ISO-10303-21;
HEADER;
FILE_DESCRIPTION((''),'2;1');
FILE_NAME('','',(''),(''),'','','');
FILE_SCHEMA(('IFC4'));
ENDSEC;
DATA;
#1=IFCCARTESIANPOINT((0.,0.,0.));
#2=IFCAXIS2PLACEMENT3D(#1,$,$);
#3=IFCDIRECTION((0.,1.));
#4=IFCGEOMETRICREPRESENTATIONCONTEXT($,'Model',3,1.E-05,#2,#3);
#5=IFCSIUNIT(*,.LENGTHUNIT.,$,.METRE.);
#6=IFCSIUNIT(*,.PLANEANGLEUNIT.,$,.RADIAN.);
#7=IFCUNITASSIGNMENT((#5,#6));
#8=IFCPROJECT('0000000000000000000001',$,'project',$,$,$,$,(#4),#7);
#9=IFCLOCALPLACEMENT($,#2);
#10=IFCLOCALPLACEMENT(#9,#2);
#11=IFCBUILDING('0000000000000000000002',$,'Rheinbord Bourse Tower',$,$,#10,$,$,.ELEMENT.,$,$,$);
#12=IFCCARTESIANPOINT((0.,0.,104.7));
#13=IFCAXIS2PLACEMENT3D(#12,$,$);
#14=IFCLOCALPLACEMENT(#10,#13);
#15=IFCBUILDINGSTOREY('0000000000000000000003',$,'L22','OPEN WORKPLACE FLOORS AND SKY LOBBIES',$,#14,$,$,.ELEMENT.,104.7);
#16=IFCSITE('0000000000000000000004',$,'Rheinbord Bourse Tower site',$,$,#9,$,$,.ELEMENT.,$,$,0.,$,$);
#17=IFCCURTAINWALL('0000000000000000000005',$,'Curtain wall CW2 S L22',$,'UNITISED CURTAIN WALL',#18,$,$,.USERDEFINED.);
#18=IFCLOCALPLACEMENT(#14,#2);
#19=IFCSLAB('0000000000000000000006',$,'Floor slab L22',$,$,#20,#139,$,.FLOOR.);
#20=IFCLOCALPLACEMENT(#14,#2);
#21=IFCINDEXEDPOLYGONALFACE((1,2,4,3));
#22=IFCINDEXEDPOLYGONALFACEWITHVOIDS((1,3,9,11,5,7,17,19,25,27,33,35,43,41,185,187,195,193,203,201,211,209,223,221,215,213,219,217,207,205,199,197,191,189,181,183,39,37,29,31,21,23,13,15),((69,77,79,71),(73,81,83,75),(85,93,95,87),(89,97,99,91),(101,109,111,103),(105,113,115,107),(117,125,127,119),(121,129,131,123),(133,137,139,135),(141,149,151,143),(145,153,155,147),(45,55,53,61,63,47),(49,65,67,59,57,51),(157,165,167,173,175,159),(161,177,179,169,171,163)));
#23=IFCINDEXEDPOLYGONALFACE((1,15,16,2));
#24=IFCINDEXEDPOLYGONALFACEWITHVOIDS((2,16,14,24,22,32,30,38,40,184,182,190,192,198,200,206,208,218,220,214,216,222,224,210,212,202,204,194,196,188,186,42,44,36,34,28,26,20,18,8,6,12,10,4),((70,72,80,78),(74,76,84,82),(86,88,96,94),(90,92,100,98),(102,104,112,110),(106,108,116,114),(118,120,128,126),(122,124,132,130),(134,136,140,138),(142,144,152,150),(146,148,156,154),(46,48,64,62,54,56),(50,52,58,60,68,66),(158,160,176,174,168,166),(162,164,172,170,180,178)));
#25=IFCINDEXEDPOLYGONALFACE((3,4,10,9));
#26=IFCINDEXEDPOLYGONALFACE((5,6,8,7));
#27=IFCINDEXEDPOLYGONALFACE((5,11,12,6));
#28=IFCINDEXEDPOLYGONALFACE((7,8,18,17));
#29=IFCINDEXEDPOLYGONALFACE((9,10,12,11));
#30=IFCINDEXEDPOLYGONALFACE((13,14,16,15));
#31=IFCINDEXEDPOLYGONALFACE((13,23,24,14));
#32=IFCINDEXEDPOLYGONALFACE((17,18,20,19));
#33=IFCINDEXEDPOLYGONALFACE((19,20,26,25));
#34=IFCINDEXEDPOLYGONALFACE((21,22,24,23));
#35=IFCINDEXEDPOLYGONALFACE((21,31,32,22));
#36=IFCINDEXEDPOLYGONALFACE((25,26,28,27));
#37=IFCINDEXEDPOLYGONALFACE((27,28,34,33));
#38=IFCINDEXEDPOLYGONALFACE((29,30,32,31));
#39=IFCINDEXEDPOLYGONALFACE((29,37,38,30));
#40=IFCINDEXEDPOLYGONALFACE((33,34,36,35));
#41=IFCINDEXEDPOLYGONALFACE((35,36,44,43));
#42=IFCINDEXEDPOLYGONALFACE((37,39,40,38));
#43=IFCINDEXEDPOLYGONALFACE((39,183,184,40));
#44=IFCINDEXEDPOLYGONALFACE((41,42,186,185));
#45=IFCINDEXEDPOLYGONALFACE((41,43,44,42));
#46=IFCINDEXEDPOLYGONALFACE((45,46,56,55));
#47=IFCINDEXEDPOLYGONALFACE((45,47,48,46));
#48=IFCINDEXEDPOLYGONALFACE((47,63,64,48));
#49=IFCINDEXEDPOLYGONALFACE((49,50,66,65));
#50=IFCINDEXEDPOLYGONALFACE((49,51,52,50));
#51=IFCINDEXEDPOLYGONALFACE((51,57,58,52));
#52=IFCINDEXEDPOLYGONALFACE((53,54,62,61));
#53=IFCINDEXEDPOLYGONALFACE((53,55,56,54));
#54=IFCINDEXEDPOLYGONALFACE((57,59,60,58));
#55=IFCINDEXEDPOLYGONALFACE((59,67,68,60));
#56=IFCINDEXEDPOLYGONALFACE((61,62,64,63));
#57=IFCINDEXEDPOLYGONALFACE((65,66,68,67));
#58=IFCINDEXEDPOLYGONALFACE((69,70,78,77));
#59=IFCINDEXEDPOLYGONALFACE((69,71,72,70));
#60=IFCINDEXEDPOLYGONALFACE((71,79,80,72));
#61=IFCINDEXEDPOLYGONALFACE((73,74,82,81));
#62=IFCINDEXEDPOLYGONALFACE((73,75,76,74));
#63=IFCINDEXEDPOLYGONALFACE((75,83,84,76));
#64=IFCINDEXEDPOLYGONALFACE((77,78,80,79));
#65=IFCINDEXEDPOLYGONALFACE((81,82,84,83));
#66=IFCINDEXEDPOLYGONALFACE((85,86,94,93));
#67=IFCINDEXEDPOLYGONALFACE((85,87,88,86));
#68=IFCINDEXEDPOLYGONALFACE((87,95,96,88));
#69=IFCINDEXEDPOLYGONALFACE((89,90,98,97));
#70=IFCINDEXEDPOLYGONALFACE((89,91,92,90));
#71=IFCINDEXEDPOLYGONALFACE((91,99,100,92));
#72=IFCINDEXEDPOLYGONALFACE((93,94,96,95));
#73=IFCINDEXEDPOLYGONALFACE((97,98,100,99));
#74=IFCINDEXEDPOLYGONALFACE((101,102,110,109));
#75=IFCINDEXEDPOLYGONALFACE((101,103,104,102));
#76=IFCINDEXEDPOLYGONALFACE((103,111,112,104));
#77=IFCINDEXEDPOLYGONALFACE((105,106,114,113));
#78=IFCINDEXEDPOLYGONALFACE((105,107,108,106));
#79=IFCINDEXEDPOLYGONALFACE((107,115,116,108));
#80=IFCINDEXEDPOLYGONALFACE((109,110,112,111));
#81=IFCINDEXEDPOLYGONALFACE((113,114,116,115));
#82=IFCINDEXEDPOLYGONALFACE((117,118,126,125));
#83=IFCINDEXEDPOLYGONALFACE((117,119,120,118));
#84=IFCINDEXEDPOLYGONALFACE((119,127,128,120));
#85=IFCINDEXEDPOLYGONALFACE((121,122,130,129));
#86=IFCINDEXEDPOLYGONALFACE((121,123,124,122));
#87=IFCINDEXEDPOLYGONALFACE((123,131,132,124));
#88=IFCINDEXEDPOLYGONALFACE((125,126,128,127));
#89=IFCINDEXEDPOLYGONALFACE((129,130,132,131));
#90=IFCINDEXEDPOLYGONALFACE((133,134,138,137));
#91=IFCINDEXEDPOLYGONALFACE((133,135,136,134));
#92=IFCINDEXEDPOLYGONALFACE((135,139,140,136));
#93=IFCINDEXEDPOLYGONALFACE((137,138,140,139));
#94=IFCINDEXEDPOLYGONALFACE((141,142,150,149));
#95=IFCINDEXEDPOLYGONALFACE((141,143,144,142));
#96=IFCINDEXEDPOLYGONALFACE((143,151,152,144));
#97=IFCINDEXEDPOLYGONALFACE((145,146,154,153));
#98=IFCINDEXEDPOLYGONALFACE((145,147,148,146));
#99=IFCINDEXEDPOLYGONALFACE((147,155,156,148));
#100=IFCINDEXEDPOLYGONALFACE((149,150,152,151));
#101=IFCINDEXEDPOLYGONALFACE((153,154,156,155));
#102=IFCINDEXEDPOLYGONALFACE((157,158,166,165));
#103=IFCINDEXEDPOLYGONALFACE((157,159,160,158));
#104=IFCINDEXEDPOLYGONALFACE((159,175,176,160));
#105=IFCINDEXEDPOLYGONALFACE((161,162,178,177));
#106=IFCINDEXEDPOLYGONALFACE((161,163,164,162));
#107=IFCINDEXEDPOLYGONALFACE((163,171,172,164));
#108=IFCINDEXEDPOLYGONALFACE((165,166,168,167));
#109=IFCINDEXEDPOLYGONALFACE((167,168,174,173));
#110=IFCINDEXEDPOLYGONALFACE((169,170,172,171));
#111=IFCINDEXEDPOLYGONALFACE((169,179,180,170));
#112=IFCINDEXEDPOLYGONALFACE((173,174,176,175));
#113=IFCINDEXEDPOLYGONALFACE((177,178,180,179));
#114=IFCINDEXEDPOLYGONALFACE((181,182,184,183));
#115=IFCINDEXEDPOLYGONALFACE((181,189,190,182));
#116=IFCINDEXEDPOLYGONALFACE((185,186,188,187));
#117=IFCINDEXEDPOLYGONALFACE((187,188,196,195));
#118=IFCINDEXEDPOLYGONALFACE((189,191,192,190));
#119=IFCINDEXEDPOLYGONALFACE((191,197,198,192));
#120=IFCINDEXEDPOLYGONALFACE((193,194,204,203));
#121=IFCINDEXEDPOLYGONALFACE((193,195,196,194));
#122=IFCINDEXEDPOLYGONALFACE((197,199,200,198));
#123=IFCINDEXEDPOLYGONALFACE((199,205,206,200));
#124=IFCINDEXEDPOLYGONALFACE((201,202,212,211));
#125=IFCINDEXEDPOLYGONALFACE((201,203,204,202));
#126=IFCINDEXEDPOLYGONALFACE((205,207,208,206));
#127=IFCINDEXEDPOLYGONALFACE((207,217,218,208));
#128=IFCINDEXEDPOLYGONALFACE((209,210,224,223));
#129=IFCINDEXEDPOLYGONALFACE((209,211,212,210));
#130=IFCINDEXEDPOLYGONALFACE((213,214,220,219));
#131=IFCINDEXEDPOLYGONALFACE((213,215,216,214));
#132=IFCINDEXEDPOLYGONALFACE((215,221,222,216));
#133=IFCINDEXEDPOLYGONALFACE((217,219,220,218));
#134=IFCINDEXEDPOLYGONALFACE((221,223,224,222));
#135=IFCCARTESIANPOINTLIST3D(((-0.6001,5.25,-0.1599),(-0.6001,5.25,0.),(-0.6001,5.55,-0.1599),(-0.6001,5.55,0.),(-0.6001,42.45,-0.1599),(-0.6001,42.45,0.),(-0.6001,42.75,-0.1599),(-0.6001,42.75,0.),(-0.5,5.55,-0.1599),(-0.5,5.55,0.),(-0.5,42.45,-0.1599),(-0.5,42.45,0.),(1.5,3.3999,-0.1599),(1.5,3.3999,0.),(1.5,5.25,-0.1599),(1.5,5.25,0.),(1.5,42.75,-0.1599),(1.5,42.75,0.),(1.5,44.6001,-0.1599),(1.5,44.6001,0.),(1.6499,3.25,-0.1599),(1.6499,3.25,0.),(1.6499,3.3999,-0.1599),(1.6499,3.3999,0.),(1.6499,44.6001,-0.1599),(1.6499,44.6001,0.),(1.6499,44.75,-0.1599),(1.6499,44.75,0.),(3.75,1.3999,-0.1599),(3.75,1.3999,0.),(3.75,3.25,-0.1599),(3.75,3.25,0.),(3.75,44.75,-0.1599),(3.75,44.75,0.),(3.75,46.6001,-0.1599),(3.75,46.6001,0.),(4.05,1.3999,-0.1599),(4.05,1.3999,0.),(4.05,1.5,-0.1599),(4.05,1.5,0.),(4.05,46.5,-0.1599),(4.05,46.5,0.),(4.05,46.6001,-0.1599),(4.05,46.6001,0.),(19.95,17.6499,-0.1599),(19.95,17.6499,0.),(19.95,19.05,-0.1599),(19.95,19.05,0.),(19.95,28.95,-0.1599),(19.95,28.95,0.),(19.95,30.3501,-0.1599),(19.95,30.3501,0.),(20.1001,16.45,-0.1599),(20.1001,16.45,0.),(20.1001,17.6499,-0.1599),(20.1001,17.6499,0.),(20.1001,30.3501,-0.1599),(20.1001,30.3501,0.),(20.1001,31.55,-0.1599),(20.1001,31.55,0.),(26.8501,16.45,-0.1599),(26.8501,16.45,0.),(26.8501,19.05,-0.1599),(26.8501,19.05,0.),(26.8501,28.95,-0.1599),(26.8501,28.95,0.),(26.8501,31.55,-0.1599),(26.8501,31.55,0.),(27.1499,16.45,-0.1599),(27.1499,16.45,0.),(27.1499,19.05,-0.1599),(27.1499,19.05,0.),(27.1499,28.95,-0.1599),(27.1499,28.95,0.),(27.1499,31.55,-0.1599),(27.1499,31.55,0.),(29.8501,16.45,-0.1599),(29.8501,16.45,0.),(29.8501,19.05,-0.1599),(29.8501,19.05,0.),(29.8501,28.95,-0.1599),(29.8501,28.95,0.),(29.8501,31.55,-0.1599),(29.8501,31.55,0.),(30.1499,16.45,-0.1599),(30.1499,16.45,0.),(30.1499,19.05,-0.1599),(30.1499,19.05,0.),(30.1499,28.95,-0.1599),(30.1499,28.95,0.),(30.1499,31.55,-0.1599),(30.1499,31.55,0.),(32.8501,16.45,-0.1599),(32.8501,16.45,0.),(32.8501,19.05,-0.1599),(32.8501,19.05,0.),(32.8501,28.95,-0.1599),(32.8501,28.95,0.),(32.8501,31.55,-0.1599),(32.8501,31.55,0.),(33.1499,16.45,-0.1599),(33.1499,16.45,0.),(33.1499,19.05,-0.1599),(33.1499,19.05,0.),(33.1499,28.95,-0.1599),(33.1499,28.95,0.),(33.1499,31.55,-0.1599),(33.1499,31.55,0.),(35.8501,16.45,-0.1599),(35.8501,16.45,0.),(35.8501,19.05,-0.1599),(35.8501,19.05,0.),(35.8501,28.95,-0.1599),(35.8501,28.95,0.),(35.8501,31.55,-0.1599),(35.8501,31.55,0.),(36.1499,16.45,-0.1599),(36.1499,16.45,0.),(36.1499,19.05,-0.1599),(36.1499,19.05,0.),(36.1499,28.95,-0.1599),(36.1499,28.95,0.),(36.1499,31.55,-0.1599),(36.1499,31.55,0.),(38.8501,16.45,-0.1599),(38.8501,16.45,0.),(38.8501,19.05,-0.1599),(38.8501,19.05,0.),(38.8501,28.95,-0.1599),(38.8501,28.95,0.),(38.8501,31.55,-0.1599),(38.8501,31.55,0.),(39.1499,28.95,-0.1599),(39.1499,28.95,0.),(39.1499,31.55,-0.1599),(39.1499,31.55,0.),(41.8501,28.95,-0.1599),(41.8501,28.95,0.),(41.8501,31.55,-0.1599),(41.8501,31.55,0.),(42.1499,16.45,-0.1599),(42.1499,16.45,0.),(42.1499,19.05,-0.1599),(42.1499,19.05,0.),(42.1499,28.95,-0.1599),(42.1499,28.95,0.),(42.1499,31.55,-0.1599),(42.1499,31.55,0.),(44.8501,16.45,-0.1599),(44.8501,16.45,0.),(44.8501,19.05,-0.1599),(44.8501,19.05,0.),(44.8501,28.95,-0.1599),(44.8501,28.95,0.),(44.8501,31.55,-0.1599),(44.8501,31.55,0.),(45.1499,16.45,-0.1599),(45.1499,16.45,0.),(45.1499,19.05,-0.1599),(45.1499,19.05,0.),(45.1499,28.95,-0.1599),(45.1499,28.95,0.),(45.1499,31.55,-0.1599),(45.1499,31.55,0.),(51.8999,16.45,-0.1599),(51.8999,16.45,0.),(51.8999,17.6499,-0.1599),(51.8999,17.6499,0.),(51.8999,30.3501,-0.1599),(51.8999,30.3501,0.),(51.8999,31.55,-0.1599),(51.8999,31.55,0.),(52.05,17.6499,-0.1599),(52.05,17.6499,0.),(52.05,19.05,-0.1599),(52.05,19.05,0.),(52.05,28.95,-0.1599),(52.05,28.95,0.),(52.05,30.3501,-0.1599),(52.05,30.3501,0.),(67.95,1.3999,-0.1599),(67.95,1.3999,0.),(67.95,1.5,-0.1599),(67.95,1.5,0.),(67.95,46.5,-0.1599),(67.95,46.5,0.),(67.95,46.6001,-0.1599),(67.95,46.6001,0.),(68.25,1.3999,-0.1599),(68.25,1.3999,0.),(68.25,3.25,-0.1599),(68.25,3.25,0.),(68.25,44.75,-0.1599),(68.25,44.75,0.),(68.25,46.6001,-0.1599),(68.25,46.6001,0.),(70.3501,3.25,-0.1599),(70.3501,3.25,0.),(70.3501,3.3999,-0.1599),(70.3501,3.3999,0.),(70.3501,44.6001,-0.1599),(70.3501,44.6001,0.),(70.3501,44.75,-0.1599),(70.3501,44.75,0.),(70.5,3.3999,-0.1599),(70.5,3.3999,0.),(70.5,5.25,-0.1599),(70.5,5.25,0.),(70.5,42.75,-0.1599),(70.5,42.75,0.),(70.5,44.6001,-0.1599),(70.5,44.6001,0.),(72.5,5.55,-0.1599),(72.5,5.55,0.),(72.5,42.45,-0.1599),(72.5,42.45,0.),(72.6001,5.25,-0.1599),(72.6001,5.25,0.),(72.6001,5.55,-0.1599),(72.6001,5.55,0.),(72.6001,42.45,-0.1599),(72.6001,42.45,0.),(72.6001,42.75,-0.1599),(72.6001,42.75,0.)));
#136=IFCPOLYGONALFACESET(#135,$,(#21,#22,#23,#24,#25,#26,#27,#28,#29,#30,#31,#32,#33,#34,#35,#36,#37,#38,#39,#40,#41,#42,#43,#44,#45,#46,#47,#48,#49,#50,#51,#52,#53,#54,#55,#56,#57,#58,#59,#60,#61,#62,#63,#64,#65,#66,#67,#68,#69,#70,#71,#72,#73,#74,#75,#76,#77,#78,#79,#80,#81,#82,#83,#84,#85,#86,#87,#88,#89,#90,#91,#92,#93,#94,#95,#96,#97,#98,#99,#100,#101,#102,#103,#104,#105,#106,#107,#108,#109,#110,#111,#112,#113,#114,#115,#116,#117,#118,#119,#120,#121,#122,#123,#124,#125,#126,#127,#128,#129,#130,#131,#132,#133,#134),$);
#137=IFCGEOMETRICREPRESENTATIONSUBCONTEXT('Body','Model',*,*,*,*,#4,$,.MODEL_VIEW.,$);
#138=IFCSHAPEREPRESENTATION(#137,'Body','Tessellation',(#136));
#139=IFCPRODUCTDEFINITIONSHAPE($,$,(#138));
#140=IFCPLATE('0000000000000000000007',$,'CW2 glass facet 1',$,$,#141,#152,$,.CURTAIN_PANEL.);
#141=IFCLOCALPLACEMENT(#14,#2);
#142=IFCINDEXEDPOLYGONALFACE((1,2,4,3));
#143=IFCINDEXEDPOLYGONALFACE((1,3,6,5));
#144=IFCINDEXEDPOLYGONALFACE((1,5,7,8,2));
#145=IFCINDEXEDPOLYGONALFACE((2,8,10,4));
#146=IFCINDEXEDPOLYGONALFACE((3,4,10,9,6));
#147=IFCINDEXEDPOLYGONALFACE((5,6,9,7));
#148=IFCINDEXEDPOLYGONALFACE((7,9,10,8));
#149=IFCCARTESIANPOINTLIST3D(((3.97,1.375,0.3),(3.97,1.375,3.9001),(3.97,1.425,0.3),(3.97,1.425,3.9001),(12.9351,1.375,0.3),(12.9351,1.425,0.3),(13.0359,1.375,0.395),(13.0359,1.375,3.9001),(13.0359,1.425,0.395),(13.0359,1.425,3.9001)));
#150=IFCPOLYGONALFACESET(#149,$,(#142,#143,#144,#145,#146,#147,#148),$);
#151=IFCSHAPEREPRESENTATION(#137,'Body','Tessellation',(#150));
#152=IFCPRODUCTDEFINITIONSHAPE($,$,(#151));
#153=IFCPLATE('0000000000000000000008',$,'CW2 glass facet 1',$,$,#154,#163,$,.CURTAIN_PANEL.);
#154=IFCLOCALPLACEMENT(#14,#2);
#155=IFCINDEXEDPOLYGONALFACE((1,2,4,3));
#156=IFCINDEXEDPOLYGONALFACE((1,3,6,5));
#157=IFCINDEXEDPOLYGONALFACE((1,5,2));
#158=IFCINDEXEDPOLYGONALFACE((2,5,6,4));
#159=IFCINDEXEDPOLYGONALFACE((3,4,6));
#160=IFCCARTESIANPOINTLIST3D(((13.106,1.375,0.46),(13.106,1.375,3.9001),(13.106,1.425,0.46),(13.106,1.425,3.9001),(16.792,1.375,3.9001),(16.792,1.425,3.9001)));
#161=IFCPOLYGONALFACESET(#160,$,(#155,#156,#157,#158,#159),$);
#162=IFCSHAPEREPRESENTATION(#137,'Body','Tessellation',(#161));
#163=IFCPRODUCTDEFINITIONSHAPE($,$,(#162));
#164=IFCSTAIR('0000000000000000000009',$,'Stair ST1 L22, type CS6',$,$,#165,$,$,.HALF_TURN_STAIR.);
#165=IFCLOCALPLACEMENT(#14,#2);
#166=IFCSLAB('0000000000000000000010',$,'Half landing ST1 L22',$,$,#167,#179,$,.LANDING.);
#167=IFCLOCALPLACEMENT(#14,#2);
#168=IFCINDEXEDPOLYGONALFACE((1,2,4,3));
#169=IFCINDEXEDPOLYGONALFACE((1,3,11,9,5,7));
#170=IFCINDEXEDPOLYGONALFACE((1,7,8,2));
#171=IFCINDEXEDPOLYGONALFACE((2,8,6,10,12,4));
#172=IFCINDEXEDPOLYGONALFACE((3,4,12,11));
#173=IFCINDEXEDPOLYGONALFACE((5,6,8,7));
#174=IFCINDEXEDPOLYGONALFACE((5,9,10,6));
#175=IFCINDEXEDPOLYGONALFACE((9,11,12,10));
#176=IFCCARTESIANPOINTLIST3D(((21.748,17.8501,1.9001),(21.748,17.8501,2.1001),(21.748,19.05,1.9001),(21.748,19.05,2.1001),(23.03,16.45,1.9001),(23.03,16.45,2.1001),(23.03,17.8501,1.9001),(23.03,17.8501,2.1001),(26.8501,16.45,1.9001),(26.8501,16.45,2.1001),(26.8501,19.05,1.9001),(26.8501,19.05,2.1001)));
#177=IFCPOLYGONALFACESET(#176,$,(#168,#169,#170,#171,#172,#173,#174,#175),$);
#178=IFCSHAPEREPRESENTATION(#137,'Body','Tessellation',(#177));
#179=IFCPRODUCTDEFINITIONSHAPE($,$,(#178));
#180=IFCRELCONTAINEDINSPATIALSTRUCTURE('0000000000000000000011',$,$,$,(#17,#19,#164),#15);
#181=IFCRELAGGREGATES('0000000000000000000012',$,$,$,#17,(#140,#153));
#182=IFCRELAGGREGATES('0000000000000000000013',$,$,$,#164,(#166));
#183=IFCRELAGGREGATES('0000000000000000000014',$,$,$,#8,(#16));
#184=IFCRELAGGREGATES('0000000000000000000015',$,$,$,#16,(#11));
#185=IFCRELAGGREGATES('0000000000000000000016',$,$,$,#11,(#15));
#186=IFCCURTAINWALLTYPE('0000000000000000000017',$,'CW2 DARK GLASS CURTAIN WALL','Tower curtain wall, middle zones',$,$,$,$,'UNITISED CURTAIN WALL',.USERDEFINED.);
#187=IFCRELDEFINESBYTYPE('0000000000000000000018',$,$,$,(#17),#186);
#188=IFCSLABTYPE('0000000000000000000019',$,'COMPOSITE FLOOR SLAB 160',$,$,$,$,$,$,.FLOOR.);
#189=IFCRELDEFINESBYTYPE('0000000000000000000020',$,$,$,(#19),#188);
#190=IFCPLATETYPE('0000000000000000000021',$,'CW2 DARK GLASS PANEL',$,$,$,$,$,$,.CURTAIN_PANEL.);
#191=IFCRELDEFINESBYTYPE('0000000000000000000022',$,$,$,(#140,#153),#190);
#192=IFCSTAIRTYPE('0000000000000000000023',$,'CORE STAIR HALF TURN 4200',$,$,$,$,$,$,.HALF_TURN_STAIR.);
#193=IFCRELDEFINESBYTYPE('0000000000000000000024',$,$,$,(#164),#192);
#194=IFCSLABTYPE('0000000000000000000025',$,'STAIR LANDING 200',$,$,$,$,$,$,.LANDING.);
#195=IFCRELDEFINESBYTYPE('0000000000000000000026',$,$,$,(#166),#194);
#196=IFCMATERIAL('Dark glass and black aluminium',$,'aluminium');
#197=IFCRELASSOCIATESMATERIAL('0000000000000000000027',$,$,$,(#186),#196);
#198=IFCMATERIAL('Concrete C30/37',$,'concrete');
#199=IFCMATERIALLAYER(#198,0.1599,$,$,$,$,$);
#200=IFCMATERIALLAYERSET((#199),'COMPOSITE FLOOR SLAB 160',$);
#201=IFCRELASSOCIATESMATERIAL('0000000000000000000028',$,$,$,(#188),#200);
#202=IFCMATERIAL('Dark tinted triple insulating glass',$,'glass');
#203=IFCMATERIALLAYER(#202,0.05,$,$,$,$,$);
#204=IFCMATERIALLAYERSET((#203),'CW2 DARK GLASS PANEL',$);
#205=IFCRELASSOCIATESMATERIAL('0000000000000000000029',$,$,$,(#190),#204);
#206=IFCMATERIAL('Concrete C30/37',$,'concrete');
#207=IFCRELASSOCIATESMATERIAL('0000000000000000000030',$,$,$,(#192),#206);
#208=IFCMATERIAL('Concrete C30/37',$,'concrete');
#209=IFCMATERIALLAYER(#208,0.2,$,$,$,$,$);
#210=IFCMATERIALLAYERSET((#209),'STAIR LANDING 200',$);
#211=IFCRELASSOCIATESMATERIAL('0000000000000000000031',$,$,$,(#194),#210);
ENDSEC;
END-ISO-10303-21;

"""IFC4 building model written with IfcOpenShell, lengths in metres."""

from ifc_helpers import new_model, si_unit, direction, frame, origin, place, context, subcontext, project, spatial, polyline, outline, extrude, material, layer, layer_set, type_object, element, aggregate, save


model = new_model("IFC4")

# Units and contexts
model_context = context("Model", 3, precision=1e-05, world=origin(), true_north=direction((0.0, 1.0)))
body_context = subcontext(model_context, "Body", "Model", "MODEL_VIEW")
ifc_project = project(units=[si_unit("LENGTHUNIT", "METRE"), si_unit("PLANEANGLEUNIT", "RADIAN")], contexts=[model_context])

# Site, building, storey
site_placement = place(None, origin())
site = spatial("IfcSite", under=ifc_project, at=site_placement, Name="Rheinbord Bourse Tower site", CompositionType="ELEMENT", RefElevation=0.0)
building_placement = place(site_placement, origin())
building = spatial("IfcBuilding", under=site, at=building_placement, Name="Rheinbord Bourse Tower", CompositionType="ELEMENT")
storey_placement = place(building_placement, frame((0.0, 0.0, 104.7)))
storey = spatial("IfcBuildingStorey", under=building, at=storey_placement, Name="L22", Description="OPEN WORKPLACE FLOORS AND SKY LOBBIES", CompositionType="ELEMENT", Elevation=104.7)

# Curtain wall
ifc_material_1 = material(Name="Dark glass and black aluminium", Category="aluminium")
curtain_wall_type = type_object("IfcCurtainWallType", Name="CW2 DARK GLASS CURTAIN WALL", Description="Tower curtain wall, middle zones", ElementType="UNITISED CURTAIN WALL", PredefinedType="USERDEFINED", material=ifc_material_1)
curtain_wall_1_placement = place(storey_placement, origin())
curtain_wall_1 = element("IfcCurtainWall", 1, at=curtain_wall_1_placement, inside=storey, type_object=curtain_wall_type, Name="Curtain wall CW2 S L22", ObjectType="UNITISED CURTAIN WALL", PredefinedType="USERDEFINED")

# Slab
ifc_material_2 = material(Name="Concrete C30/37", Category="concrete")
ifc_layer_1 = layer(ifc_material_2, 0.1599)
ifc_layer_set_1 = layer_set([ifc_layer_1], Name="COMPOSITE FLOOR SLAB 160")
slab_type_1 = type_object("IfcSlabType", Name="COMPOSITE FLOOR SLAB 160", PredefinedType="FLOOR", material=ifc_layer_set_1)
slab_1_placement = place(storey_placement, frame((0.0, 0.0, -0.1599)))
element("IfcSlab", 2, at=slab_1_placement, inside=storey, type_object=slab_type_1, Name="Floor slab L22", PredefinedType="FLOOR", context=body_context, shape_type="SweptSolid", body=[
    extrude(outline(polyline([(1.6499, 3.3999), (1.5, 3.3999), (1.5, 5.25), (-0.6001, 5.25), (-0.6001, 5.55), (-0.5, 5.55), (-0.5, 42.45), (-0.6001, 42.45), (-0.6001, 42.75), (1.5, 42.75), (1.5, 44.6001), (1.6499, 44.6001), (1.6499, 44.75), (3.75, 44.75), (3.75, 46.6001), (4.05, 46.6001), (4.05, 46.5), (67.95, 46.5), (67.95, 46.6001), (68.25, 46.6001), (68.25, 44.75), (70.3501, 44.75), (70.3501, 44.6001), (70.5, 44.6001), (70.5, 42.75), (72.6001, 42.75), (72.6001, 42.45), (72.5, 42.45), (72.5, 5.55), (72.6001, 5.55), (72.6001, 5.25), (70.5, 5.25), (70.5, 3.3999), (70.3501, 3.3999), (70.3501, 3.25), (68.25, 3.25), (68.25, 1.3999), (67.95, 1.3999), (67.95, 1.5), (4.05, 1.5), (4.05, 1.3999), (3.75, 1.3999), (3.75, 3.25), (1.6499, 3.25), (1.6499, 3.3999)]), holes=[polyline([(19.95, 19.05), (26.8501, 19.05), (26.8501, 16.45), (20.1001, 16.45), (20.1001, 17.6499), (19.95, 17.6499), (19.95, 19.05)]), polyline([(26.8501, 31.55), (26.8501, 28.95), (19.95, 28.95), (19.95, 30.3501), (20.1001, 30.3501), (20.1001, 31.55), (26.8501, 31.55)]), polyline([(45.1499, 16.45), (45.1499, 19.05), (52.05, 19.05), (52.05, 17.6499), (51.8999, 17.6499), (51.8999, 16.45), (45.1499, 16.45)]), polyline([(52.05, 28.95), (45.1499, 28.95), (45.1499, 31.55), (51.8999, 31.55), (51.8999, 30.3501), (52.05, 30.3501), (52.05, 28.95)]), polyline([(27.1499, 16.45), (27.1499, 19.05), (29.8501, 19.05), (29.8501, 16.45), (27.1499, 16.45)]), polyline([(27.1499, 28.95), (27.1499, 31.55), (29.8501, 31.55), (29.8501, 28.95), (27.1499, 28.95)]), polyline([(30.1499, 16.45), (30.1499, 19.05), (32.8501, 19.05), (32.8501, 16.45), (30.1499, 16.45)]), polyline([(30.1499, 28.95), (30.1499, 31.55), (32.8501, 31.55), (32.8501, 28.95), (30.1499, 28.95)]), polyline([(33.1499, 16.45), (33.1499, 19.05), (35.8501, 19.05), (35.8501, 16.45), (33.1499, 16.45)]), polyline([(33.1499, 28.95), (33.1499, 31.55), (35.8501, 31.55), (35.8501, 28.95), (33.1499, 28.95)]), polyline([(36.1499, 16.45), (36.1499, 19.05), (38.8501, 19.05), (38.8501, 16.45), (36.1499, 16.45)]), polyline([(36.1499, 28.95), (36.1499, 31.55), (38.8501, 31.55), (38.8501, 28.95), (36.1499, 28.95)]), polyline([(39.1499, 28.95), (39.1499, 31.55), (41.8501, 31.55), (41.8501, 28.95), (39.1499, 28.95)]), polyline([(42.1499, 16.45), (42.1499, 19.05), (44.8501, 19.05), (44.8501, 16.45), (42.1499, 16.45)]), polyline([(42.1499, 28.95), (42.1499, 31.55), (44.8501, 31.55), (44.8501, 28.95), (42.1499, 28.95)])]), origin(), (0.0, 0.0, 1.0), 0.1599),
])

# Plates
ifc_material_3 = material(Name="Dark tinted triple insulating glass", Category="glass")
ifc_layer_2 = layer(ifc_material_3, 0.05)
ifc_layer_set_2 = layer_set([ifc_layer_2], Name="CW2 DARK GLASS PANEL")
plate_type = type_object("IfcPlateType", Name="CW2 DARK GLASS PANEL", PredefinedType="CURTAIN_PANEL", material=ifc_layer_set_2)
plate_1_placement = place(storey_placement, frame((3.97, 1.375, 0.3), z_axis=(0.0, 1.0, 0.0), x_axis=(0.0, 0.0, 1.0)))
plate_1 = element("IfcPlate", 3, at=plate_1_placement, type_object=plate_type, Name="CW2 glass facet 1", PredefinedType="CURTAIN_PANEL", context=body_context, shape_type="SweptSolid", body=[
    extrude(outline(polyline([(0.0, 0.0), (3.6001, 0.0), (3.6001, 9.0659), (0.095, 9.0659), (0.0, 8.9651), (0.0, 0.0)])), origin(), (0.0, 0.0, 1.0), 0.05),
])
plate_2_placement = place(storey_placement, frame((13.106, 1.375, 3.9001), z_axis=(0.0, 1.0, 0.0), x_axis=(1.0, 0.0, 0.0)))
plate_2 = element("IfcPlate", 4, at=plate_2_placement, type_object=plate_type, Name="CW2 glass facet 1", PredefinedType="CURTAIN_PANEL", context=body_context, shape_type="SweptSolid", body=[
    extrude(outline(polyline([(0.0, 0.0), (3.686, 0.0), (0.0, 3.4402), (0.0, 0.0)])), origin(), (0.0, 0.0, 1.0), 0.05),
])
aggregate(curtain_wall_1, [plate_1, plate_2])

# Stair, slab
ifc_material_4 = material(Name="Concrete C30/37", Category="concrete")
stair_type = type_object("IfcStairType", Name="CORE STAIR HALF TURN 4200", PredefinedType="HALF_TURN_STAIR", material=ifc_material_4)
stair_1_placement = place(storey_placement, origin())
stair_1 = element("IfcStair", 5, at=stair_1_placement, inside=storey, type_object=stair_type, Name="Stair ST1 L22, type CS6", PredefinedType="HALF_TURN_STAIR")
ifc_material_5 = material(Name="Concrete C30/37", Category="concrete")
ifc_layer_3 = layer(ifc_material_5, 0.2)
ifc_layer_set_3 = layer_set([ifc_layer_3], Name="STAIR LANDING 200")
slab_type_2 = type_object("IfcSlabType", Name="STAIR LANDING 200", PredefinedType="LANDING", material=ifc_layer_set_3)
slab_2_placement = place(storey_placement, frame((0.0, 0.0, 1.9001)))
slab_2 = element("IfcSlab", 6, at=slab_2_placement, type_object=slab_type_2, Name="Half landing ST1 L22", PredefinedType="LANDING", context=body_context, shape_type="SweptSolid", body=[
    extrude(outline(polyline([(23.03, 16.45), (26.8501, 16.45), (26.8501, 19.05), (21.748, 19.05), (21.748, 17.8501), (23.03, 17.8501), (23.03, 16.45)])), origin(), (0.0, 0.0, 1.0), 0.2),
])
aggregate(stair_1, [slab_2])

save(model, "model.ifc")
